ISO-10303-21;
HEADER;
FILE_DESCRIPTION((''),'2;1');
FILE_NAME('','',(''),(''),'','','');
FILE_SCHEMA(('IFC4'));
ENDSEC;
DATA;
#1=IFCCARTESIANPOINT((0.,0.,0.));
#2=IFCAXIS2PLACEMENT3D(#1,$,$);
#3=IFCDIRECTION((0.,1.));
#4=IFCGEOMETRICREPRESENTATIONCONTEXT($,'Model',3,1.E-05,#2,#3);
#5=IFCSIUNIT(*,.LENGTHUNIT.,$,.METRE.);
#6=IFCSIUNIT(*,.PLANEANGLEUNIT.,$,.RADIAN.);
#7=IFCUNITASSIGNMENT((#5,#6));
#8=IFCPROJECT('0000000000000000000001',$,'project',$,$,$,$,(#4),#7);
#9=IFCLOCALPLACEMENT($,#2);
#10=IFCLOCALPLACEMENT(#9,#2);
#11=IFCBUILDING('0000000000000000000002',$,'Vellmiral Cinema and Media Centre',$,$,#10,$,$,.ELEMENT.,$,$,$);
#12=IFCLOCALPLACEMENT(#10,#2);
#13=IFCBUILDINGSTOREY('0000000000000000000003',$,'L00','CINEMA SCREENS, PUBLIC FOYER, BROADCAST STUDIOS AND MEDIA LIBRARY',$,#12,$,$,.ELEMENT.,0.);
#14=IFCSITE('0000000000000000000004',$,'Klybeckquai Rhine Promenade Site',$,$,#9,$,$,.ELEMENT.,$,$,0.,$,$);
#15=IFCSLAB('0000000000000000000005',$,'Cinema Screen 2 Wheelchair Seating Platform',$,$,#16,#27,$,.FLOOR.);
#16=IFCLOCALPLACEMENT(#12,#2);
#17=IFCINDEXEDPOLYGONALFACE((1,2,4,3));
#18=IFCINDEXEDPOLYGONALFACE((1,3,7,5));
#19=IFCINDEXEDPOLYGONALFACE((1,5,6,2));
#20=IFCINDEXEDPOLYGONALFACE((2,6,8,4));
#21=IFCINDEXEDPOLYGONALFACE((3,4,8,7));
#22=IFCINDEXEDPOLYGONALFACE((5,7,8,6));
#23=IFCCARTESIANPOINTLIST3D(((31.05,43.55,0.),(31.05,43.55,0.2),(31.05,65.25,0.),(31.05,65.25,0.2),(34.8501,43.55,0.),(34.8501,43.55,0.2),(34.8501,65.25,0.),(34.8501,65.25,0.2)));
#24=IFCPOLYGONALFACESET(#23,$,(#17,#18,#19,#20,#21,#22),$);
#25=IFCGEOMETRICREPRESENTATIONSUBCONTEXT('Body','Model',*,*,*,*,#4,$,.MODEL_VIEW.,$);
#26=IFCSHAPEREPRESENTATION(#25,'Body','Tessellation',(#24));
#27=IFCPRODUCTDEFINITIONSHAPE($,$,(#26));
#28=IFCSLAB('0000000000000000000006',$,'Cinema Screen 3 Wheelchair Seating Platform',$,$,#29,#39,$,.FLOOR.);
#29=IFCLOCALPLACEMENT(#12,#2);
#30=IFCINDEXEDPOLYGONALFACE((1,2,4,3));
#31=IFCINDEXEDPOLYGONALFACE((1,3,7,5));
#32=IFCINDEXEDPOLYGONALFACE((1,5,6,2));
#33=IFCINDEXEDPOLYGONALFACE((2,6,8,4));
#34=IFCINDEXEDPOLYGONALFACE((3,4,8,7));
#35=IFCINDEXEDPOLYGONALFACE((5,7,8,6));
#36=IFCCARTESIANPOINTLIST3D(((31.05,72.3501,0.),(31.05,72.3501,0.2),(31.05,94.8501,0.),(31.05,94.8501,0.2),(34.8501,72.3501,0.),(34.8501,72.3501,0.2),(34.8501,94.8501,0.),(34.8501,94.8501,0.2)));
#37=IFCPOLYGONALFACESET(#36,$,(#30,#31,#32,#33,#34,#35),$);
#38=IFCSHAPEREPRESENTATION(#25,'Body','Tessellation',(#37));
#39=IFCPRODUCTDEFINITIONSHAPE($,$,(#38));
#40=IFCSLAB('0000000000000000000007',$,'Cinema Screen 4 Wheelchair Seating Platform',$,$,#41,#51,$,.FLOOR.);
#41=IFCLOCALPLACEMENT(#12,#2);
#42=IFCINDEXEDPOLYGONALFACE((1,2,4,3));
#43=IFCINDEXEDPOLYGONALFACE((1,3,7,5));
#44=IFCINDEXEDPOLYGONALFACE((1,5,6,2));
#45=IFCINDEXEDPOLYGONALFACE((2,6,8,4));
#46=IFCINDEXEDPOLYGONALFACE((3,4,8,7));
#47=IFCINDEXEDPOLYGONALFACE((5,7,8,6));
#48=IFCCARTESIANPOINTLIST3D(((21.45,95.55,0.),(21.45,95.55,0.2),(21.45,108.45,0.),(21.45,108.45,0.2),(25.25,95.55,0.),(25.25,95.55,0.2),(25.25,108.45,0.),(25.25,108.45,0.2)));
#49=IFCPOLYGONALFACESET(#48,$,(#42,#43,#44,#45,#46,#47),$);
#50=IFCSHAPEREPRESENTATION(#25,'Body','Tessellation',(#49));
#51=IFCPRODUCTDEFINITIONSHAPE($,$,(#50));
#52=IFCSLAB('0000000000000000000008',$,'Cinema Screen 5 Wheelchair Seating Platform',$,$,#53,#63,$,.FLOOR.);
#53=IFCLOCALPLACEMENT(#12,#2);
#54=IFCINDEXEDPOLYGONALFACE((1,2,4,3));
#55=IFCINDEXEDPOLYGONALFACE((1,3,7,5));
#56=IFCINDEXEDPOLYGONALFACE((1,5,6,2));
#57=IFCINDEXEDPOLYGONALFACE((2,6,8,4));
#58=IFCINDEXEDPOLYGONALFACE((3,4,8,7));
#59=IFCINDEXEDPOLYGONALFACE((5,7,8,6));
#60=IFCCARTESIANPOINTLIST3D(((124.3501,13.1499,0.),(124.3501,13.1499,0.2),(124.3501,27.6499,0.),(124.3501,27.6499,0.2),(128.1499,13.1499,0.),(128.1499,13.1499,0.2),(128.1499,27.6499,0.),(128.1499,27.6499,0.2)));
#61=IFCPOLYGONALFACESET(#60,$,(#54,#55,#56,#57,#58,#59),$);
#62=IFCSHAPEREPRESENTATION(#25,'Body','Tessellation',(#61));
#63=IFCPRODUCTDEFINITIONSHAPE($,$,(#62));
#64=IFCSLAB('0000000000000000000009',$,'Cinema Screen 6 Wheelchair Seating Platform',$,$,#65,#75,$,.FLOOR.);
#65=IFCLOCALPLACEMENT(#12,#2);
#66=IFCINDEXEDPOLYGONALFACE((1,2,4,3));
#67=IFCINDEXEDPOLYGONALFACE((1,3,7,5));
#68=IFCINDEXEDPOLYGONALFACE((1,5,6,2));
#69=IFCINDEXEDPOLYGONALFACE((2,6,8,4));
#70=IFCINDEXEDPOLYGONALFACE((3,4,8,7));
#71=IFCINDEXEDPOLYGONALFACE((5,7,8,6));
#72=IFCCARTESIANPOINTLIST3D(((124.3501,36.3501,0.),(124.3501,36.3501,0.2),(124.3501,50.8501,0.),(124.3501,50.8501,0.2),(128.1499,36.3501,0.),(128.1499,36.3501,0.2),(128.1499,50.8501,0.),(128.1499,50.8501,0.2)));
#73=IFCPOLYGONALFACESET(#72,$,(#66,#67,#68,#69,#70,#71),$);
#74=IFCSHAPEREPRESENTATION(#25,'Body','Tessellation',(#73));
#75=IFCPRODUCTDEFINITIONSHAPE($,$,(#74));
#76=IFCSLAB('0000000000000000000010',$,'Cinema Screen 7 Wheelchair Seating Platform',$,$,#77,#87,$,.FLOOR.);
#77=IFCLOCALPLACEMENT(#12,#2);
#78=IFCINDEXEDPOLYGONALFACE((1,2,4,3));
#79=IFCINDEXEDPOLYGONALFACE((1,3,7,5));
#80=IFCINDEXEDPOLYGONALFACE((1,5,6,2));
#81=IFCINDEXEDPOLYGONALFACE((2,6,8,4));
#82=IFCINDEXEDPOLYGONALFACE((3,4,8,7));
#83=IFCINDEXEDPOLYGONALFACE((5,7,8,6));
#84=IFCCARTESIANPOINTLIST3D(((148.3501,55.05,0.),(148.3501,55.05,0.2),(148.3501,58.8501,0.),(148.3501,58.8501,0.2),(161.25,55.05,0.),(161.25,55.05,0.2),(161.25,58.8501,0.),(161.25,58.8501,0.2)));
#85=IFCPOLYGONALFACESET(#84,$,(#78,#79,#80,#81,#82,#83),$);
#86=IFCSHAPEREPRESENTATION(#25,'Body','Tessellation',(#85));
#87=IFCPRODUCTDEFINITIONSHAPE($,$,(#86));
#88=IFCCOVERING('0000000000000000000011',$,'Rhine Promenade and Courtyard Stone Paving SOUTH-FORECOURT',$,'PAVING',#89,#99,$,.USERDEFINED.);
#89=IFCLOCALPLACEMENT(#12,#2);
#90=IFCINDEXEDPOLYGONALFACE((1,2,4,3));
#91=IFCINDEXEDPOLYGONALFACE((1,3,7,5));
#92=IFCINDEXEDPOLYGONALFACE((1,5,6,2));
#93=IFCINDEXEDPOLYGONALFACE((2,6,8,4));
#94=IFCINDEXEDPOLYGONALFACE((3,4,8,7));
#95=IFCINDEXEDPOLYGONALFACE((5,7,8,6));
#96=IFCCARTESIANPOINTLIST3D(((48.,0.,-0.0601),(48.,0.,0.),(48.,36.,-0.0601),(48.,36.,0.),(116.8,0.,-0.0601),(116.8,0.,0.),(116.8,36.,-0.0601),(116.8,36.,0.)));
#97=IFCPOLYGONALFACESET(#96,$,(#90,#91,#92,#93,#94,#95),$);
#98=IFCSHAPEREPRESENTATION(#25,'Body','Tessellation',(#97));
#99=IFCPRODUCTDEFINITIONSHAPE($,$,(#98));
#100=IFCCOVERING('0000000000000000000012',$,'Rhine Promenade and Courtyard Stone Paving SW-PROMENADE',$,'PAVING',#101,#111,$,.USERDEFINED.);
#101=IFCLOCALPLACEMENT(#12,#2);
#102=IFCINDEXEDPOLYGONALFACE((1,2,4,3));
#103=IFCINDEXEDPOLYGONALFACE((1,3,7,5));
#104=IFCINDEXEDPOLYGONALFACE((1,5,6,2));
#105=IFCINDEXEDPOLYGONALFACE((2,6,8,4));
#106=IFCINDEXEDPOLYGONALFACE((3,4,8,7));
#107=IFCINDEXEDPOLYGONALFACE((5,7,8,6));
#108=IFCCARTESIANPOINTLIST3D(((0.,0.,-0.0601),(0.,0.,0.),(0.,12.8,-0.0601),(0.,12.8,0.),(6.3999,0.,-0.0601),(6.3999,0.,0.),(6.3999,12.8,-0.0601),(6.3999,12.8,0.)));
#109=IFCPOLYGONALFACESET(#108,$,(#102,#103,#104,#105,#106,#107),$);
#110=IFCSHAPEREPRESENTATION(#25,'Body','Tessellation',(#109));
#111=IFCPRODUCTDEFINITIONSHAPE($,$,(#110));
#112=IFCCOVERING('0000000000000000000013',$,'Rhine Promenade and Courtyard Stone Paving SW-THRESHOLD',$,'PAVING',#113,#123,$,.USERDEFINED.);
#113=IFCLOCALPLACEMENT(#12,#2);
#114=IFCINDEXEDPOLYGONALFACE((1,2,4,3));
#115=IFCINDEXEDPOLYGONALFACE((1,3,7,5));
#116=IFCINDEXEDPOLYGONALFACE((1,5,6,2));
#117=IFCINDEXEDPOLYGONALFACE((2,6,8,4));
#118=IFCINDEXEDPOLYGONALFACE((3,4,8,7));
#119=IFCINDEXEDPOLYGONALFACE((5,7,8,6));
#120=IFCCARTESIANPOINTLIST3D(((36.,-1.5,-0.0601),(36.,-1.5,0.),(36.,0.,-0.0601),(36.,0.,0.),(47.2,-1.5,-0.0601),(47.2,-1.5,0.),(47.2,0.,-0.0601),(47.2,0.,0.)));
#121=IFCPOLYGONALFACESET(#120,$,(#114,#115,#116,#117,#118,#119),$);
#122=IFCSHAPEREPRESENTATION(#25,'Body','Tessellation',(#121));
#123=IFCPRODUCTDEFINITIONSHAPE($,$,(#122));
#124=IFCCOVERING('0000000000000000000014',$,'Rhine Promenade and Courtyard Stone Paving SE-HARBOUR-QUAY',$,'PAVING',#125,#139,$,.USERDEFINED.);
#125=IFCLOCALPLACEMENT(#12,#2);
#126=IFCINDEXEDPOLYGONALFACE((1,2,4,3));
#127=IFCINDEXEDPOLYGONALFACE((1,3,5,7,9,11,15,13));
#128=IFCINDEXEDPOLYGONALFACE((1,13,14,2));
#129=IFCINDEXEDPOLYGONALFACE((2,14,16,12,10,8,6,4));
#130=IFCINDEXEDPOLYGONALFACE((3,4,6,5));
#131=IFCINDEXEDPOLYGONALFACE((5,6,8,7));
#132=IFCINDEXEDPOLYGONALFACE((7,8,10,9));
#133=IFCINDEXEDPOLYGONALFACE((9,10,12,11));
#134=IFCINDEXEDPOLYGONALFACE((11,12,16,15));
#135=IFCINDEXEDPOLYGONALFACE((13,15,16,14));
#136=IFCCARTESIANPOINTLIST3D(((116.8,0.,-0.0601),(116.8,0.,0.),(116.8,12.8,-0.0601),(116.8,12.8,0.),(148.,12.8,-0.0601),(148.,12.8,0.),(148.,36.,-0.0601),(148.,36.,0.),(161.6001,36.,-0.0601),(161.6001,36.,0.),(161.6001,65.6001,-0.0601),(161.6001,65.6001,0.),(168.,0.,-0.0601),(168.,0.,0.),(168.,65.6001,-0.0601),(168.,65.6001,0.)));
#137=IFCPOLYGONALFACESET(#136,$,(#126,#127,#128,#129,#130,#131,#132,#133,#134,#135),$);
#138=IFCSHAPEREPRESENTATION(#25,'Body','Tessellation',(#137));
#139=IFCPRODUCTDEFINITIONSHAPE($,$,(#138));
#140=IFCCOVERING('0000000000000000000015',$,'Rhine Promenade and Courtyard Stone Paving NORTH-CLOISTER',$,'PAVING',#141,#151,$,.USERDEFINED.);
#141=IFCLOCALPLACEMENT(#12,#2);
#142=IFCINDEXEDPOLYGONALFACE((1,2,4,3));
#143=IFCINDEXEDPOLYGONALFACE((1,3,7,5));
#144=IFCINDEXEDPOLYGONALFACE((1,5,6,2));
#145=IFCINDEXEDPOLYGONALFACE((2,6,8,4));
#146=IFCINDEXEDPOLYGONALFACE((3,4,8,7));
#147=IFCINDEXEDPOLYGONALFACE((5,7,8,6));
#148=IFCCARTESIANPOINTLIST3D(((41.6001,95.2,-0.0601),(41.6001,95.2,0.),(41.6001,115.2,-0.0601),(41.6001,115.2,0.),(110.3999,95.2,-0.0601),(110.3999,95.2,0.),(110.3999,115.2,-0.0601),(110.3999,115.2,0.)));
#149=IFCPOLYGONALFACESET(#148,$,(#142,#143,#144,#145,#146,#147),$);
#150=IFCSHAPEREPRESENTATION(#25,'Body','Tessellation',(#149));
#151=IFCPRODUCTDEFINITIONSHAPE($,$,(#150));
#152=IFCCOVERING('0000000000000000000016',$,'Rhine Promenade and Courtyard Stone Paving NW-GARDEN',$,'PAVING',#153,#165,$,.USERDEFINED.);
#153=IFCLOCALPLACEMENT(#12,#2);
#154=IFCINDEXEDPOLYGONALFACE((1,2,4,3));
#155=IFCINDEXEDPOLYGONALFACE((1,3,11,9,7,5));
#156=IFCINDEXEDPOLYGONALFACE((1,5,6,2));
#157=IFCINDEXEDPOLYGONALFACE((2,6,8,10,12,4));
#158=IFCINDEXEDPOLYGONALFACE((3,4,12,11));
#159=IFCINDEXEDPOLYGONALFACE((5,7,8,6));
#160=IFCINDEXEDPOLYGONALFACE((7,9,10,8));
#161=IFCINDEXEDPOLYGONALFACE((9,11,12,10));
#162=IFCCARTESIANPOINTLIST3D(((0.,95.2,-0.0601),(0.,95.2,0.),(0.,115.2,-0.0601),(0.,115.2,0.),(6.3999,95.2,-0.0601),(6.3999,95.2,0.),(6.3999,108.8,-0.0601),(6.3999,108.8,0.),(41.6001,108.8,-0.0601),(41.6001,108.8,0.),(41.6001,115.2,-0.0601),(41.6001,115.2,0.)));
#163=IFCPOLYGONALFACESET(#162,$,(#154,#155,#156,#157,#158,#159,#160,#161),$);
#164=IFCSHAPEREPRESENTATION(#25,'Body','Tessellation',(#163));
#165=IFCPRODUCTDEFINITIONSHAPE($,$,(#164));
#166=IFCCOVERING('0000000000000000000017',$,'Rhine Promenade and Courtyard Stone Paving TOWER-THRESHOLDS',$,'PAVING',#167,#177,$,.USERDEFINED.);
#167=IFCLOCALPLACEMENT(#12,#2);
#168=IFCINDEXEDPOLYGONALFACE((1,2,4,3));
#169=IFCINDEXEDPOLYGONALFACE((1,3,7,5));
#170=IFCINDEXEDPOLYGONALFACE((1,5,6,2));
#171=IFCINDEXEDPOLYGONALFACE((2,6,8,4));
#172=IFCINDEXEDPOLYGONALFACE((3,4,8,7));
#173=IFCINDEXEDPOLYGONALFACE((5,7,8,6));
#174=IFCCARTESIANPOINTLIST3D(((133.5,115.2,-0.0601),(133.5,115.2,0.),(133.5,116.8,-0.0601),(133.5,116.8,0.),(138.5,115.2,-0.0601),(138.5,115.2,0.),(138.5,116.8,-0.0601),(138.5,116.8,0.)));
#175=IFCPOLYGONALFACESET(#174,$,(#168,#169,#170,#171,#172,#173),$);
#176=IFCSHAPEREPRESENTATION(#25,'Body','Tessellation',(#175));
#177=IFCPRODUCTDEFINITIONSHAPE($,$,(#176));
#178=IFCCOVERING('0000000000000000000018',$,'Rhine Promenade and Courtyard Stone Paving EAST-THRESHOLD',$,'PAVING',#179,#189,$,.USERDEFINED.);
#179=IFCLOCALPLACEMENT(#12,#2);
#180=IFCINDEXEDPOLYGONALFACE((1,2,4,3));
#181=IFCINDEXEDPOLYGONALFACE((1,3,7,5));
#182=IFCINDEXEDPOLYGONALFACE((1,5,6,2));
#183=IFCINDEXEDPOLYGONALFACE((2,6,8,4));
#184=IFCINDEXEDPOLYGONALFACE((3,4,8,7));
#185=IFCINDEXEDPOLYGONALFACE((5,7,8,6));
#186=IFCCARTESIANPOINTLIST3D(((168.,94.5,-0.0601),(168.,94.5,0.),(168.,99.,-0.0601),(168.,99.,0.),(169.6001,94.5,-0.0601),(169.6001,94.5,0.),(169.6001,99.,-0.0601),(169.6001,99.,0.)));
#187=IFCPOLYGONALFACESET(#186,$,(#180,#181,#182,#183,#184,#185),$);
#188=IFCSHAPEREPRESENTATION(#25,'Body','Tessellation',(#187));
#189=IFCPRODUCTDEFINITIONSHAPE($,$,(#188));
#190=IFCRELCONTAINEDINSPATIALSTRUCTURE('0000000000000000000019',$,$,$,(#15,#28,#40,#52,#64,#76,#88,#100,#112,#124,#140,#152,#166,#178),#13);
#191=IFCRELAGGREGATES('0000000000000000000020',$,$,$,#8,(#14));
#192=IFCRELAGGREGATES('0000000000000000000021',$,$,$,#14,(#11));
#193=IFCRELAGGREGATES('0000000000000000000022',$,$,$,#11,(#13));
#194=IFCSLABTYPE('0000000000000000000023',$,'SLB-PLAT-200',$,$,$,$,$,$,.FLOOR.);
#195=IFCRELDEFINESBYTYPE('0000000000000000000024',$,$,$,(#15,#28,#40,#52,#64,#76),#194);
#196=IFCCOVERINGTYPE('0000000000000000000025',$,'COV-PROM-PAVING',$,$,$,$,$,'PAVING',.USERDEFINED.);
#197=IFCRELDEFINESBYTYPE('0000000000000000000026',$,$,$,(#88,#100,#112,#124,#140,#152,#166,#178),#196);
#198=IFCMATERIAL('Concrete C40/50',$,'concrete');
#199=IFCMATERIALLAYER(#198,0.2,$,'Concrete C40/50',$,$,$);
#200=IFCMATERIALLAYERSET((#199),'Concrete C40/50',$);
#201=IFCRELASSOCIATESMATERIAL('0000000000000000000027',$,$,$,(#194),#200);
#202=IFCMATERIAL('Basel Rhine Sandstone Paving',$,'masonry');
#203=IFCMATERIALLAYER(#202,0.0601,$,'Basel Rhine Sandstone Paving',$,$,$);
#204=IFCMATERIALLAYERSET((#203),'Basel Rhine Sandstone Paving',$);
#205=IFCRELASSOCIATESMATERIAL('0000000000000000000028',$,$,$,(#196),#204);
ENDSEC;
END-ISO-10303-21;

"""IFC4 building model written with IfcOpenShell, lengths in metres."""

from ifc_helpers import new_model, si_unit, direction, frame, origin, place, context, subcontext, project, spatial, polyline, outline, extrude, material, layer, layer_set, type_object, element, save


model = new_model("IFC4")

# Units and contexts
model_context = context("Model", 3, precision=1e-05, world=origin(), true_north=direction((0.0, 1.0)))
body_context = subcontext(model_context, "Body", "Model", "MODEL_VIEW")
ifc_project = project(units=[si_unit("LENGTHUNIT", "METRE"), si_unit("PLANEANGLEUNIT", "RADIAN")], contexts=[model_context])

# Site, building, storey
site_placement = place(None, origin())
site = spatial("IfcSite", under=ifc_project, at=site_placement, Name="Klybeckquai Rhine Promenade Site", CompositionType="ELEMENT", RefElevation=0.0)
building_placement = place(site_placement, origin())
building = spatial("IfcBuilding", under=site, at=building_placement, Name="Vellmiral Cinema and Media Centre", CompositionType="ELEMENT")
storey_placement = place(building_placement, origin())
storey = spatial("IfcBuildingStorey", under=building, at=storey_placement, Name="L00", Description="CINEMA SCREENS, PUBLIC FOYER, BROADCAST STUDIOS AND MEDIA LIBRARY", CompositionType="ELEMENT", Elevation=0.0)

# Slabs
ifc_material_1 = material(Name="Concrete C40/50", Category="concrete")
ifc_layer_1 = layer(ifc_material_1, 0.2, Name="Concrete C40/50")
ifc_layer_set_1 = layer_set([ifc_layer_1], Name="Concrete C40/50")
slab_type_1 = type_object("IfcSlabType", Name="SLB-PLAT-200", PredefinedType="FLOOR", material=ifc_layer_set_1)
slab_1_placement = place(storey_placement, origin())
element("IfcSlab", 1, at=slab_1_placement, inside=storey, type_object=slab_type_1, Name="Cinema Screen 2 Wheelchair Seating Platform", PredefinedType="FLOOR", context=body_context, shape_type="SweptSolid", body=[
    extrude(outline(polyline([(31.05, 43.55), (34.8501, 43.55), (34.8501, 65.25), (31.05, 65.25), (31.05, 43.55)])), origin(), (0.0, 0.0, 1.0), 0.2),
])
slab_2_placement = place(storey_placement, origin())
element("IfcSlab", 2, at=slab_2_placement, inside=storey, type_object=slab_type_1, Name="Cinema Screen 3 Wheelchair Seating Platform", PredefinedType="FLOOR", context=body_context, shape_type="SweptSolid", body=[
    extrude(outline(polyline([(31.05, 72.3501), (34.8501, 72.3501), (34.8501, 94.8501), (31.05, 94.8501), (31.05, 72.3501)])), origin(), (0.0, 0.0, 1.0), 0.2),
])
slab_3_placement = place(storey_placement, origin())
element("IfcSlab", 3, at=slab_3_placement, inside=storey, type_object=slab_type_1, Name="Cinema Screen 4 Wheelchair Seating Platform", PredefinedType="FLOOR", context=body_context, shape_type="SweptSolid", body=[
    extrude(outline(polyline([(21.45, 95.55), (25.25, 95.55), (25.25, 108.45), (21.45, 108.45), (21.45, 95.55)])), origin(), (0.0, 0.0, 1.0), 0.2),
])
slab_4_placement = place(storey_placement, origin())
element("IfcSlab", 4, at=slab_4_placement, inside=storey, type_object=slab_type_1, Name="Cinema Screen 5 Wheelchair Seating Platform", PredefinedType="FLOOR", context=body_context, shape_type="SweptSolid", body=[
    extrude(outline(polyline([(124.3501, 13.1499), (128.1499, 13.1499), (128.1499, 27.6499), (124.3501, 27.6499), (124.3501, 13.1499)])), origin(), (0.0, 0.0, 1.0), 0.2),
])
slab_5_placement = place(storey_placement, origin())
element("IfcSlab", 5, at=slab_5_placement, inside=storey, type_object=slab_type_1, Name="Cinema Screen 6 Wheelchair Seating Platform", PredefinedType="FLOOR", context=body_context, shape_type="SweptSolid", body=[
    extrude(outline(polyline([(124.3501, 36.3501), (128.1499, 36.3501), (128.1499, 50.8501), (124.3501, 50.8501), (124.3501, 36.3501)])), origin(), (0.0, 0.0, 1.0), 0.2),
])
slab_6_placement = place(storey_placement, origin())
element("IfcSlab", 6, at=slab_6_placement, inside=storey, type_object=slab_type_1, Name="Cinema Screen 7 Wheelchair Seating Platform", PredefinedType="FLOOR", context=body_context, shape_type="SweptSolid", body=[
    extrude(outline(polyline([(148.3501, 55.05), (161.25, 55.05), (161.25, 58.8501), (148.3501, 58.8501), (148.3501, 55.05)])), origin(), (0.0, 0.0, 1.0), 0.2),
])

# Coverings
ifc_material_2 = material(Name="Basel Rhine Sandstone Paving", Category="masonry")
ifc_layer_2 = layer(ifc_material_2, 0.0601, Name="Basel Rhine Sandstone Paving")
ifc_layer_set_2 = layer_set([ifc_layer_2], Name="Basel Rhine Sandstone Paving")
covering_type = type_object("IfcCoveringType", Name="COV-PROM-PAVING", ElementType="PAVING", PredefinedType="USERDEFINED", material=ifc_layer_set_2)
covering_1_placement = place(storey_placement, frame((0.0, 0.0, -0.0601)))
element("IfcCovering", 7, at=covering_1_placement, inside=storey, type_object=covering_type, Name="Rhine Promenade and Courtyard Stone Paving SOUTH-FORECOURT", ObjectType="PAVING", PredefinedType="USERDEFINED", context=body_context, shape_type="SweptSolid", body=[
    extrude(outline(polyline([(48.0, 0.0), (116.8, 0.0), (116.8, 36.0), (48.0, 36.0), (48.0, 0.0)])), origin(), (0.0, 0.0, 1.0), 0.0601),
])
covering_2_placement = place(storey_placement, frame((0.0, 0.0, -0.0601)))
element("IfcCovering", 8, at=covering_2_placement, inside=storey, type_object=covering_type, Name="Rhine Promenade and Courtyard Stone Paving SW-PROMENADE", ObjectType="PAVING", PredefinedType="USERDEFINED", context=body_context, shape_type="SweptSolid", body=[
    extrude(outline(polyline([(0.0, 0.0), (6.3999, 0.0), (6.3999, 12.8), (0.0, 12.8), (0.0, 0.0)])), origin(), (0.0, 0.0, 1.0), 0.0601),
])
covering_3_placement = place(storey_placement, frame((0.0, 0.0, -0.0601)))
element("IfcCovering", 9, at=covering_3_placement, inside=storey, type_object=covering_type, Name="Rhine Promenade and Courtyard Stone Paving SW-THRESHOLD", ObjectType="PAVING", PredefinedType="USERDEFINED", context=body_context, shape_type="SweptSolid", body=[
    extrude(outline(polyline([(36.0, -1.5), (47.2, -1.5), (47.2, 0.0), (36.0, 0.0), (36.0, -1.5)])), origin(), (0.0, 0.0, 1.0), 0.0601),
])
covering_4_placement = place(storey_placement, frame((0.0, 0.0, -0.0601)))
element("IfcCovering", 10, at=covering_4_placement, inside=storey, type_object=covering_type, Name="Rhine Promenade and Courtyard Stone Paving SE-HARBOUR-QUAY", ObjectType="PAVING", PredefinedType="USERDEFINED", context=body_context, shape_type="SweptSolid", body=[
    extrude(outline(polyline([(116.8, 0.0), (168.0, 0.0), (168.0, 65.6001), (161.6001, 65.6001), (161.6001, 36.0), (148.0, 36.0), (148.0, 12.8), (116.8, 12.8), (116.8, 0.0)])), origin(), (0.0, 0.0, 1.0), 0.0601),
])
covering_5_placement = place(storey_placement, frame((0.0, 0.0, -0.0601)))
element("IfcCovering", 11, at=covering_5_placement, inside=storey, type_object=covering_type, Name="Rhine Promenade and Courtyard Stone Paving NORTH-CLOISTER", ObjectType="PAVING", PredefinedType="USERDEFINED", context=body_context, shape_type="SweptSolid", body=[
    extrude(outline(polyline([(41.6001, 95.2), (110.3999, 95.2), (110.3999, 115.2), (41.6001, 115.2), (41.6001, 95.2)])), origin(), (0.0, 0.0, 1.0), 0.0601),
])
covering_6_placement = place(storey_placement, frame((0.0, 0.0, -0.0601)))
element("IfcCovering", 12, at=covering_6_placement, inside=storey, type_object=covering_type, Name="Rhine Promenade and Courtyard Stone Paving NW-GARDEN", ObjectType="PAVING", PredefinedType="USERDEFINED", context=body_context, shape_type="SweptSolid", body=[
    extrude(outline(polyline([(0.0, 95.2), (6.3999, 95.2), (6.3999, 108.8), (41.6001, 108.8), (41.6001, 115.2), (0.0, 115.2), (0.0, 95.2)])), origin(), (0.0, 0.0, 1.0), 0.0601),
])
covering_7_placement = place(storey_placement, frame((0.0, 0.0, -0.0601)))
element("IfcCovering", 13, at=covering_7_placement, inside=storey, type_object=covering_type, Name="Rhine Promenade and Courtyard Stone Paving TOWER-THRESHOLDS", ObjectType="PAVING", PredefinedType="USERDEFINED", context=body_context, shape_type="SweptSolid", body=[
    extrude(outline(polyline([(133.5, 115.2), (138.5, 115.2), (138.5, 116.8), (133.5, 116.8), (133.5, 115.2)])), origin(), (0.0, 0.0, 1.0), 0.0601),
])
covering_8_placement = place(storey_placement, frame((0.0, 0.0, -0.0601)))
element("IfcCovering", 14, at=covering_8_placement, inside=storey, type_object=covering_type, Name="Rhine Promenade and Courtyard Stone Paving EAST-THRESHOLD", ObjectType="PAVING", PredefinedType="USERDEFINED", context=body_context, shape_type="SweptSolid", body=[
    extrude(outline(polyline([(168.0, 94.5), (169.6001, 94.5), (169.6001, 99.0), (168.0, 99.0), (168.0, 94.5)])), origin(), (0.0, 0.0, 1.0), 0.0601),
])

save(model, "model.ifc")
